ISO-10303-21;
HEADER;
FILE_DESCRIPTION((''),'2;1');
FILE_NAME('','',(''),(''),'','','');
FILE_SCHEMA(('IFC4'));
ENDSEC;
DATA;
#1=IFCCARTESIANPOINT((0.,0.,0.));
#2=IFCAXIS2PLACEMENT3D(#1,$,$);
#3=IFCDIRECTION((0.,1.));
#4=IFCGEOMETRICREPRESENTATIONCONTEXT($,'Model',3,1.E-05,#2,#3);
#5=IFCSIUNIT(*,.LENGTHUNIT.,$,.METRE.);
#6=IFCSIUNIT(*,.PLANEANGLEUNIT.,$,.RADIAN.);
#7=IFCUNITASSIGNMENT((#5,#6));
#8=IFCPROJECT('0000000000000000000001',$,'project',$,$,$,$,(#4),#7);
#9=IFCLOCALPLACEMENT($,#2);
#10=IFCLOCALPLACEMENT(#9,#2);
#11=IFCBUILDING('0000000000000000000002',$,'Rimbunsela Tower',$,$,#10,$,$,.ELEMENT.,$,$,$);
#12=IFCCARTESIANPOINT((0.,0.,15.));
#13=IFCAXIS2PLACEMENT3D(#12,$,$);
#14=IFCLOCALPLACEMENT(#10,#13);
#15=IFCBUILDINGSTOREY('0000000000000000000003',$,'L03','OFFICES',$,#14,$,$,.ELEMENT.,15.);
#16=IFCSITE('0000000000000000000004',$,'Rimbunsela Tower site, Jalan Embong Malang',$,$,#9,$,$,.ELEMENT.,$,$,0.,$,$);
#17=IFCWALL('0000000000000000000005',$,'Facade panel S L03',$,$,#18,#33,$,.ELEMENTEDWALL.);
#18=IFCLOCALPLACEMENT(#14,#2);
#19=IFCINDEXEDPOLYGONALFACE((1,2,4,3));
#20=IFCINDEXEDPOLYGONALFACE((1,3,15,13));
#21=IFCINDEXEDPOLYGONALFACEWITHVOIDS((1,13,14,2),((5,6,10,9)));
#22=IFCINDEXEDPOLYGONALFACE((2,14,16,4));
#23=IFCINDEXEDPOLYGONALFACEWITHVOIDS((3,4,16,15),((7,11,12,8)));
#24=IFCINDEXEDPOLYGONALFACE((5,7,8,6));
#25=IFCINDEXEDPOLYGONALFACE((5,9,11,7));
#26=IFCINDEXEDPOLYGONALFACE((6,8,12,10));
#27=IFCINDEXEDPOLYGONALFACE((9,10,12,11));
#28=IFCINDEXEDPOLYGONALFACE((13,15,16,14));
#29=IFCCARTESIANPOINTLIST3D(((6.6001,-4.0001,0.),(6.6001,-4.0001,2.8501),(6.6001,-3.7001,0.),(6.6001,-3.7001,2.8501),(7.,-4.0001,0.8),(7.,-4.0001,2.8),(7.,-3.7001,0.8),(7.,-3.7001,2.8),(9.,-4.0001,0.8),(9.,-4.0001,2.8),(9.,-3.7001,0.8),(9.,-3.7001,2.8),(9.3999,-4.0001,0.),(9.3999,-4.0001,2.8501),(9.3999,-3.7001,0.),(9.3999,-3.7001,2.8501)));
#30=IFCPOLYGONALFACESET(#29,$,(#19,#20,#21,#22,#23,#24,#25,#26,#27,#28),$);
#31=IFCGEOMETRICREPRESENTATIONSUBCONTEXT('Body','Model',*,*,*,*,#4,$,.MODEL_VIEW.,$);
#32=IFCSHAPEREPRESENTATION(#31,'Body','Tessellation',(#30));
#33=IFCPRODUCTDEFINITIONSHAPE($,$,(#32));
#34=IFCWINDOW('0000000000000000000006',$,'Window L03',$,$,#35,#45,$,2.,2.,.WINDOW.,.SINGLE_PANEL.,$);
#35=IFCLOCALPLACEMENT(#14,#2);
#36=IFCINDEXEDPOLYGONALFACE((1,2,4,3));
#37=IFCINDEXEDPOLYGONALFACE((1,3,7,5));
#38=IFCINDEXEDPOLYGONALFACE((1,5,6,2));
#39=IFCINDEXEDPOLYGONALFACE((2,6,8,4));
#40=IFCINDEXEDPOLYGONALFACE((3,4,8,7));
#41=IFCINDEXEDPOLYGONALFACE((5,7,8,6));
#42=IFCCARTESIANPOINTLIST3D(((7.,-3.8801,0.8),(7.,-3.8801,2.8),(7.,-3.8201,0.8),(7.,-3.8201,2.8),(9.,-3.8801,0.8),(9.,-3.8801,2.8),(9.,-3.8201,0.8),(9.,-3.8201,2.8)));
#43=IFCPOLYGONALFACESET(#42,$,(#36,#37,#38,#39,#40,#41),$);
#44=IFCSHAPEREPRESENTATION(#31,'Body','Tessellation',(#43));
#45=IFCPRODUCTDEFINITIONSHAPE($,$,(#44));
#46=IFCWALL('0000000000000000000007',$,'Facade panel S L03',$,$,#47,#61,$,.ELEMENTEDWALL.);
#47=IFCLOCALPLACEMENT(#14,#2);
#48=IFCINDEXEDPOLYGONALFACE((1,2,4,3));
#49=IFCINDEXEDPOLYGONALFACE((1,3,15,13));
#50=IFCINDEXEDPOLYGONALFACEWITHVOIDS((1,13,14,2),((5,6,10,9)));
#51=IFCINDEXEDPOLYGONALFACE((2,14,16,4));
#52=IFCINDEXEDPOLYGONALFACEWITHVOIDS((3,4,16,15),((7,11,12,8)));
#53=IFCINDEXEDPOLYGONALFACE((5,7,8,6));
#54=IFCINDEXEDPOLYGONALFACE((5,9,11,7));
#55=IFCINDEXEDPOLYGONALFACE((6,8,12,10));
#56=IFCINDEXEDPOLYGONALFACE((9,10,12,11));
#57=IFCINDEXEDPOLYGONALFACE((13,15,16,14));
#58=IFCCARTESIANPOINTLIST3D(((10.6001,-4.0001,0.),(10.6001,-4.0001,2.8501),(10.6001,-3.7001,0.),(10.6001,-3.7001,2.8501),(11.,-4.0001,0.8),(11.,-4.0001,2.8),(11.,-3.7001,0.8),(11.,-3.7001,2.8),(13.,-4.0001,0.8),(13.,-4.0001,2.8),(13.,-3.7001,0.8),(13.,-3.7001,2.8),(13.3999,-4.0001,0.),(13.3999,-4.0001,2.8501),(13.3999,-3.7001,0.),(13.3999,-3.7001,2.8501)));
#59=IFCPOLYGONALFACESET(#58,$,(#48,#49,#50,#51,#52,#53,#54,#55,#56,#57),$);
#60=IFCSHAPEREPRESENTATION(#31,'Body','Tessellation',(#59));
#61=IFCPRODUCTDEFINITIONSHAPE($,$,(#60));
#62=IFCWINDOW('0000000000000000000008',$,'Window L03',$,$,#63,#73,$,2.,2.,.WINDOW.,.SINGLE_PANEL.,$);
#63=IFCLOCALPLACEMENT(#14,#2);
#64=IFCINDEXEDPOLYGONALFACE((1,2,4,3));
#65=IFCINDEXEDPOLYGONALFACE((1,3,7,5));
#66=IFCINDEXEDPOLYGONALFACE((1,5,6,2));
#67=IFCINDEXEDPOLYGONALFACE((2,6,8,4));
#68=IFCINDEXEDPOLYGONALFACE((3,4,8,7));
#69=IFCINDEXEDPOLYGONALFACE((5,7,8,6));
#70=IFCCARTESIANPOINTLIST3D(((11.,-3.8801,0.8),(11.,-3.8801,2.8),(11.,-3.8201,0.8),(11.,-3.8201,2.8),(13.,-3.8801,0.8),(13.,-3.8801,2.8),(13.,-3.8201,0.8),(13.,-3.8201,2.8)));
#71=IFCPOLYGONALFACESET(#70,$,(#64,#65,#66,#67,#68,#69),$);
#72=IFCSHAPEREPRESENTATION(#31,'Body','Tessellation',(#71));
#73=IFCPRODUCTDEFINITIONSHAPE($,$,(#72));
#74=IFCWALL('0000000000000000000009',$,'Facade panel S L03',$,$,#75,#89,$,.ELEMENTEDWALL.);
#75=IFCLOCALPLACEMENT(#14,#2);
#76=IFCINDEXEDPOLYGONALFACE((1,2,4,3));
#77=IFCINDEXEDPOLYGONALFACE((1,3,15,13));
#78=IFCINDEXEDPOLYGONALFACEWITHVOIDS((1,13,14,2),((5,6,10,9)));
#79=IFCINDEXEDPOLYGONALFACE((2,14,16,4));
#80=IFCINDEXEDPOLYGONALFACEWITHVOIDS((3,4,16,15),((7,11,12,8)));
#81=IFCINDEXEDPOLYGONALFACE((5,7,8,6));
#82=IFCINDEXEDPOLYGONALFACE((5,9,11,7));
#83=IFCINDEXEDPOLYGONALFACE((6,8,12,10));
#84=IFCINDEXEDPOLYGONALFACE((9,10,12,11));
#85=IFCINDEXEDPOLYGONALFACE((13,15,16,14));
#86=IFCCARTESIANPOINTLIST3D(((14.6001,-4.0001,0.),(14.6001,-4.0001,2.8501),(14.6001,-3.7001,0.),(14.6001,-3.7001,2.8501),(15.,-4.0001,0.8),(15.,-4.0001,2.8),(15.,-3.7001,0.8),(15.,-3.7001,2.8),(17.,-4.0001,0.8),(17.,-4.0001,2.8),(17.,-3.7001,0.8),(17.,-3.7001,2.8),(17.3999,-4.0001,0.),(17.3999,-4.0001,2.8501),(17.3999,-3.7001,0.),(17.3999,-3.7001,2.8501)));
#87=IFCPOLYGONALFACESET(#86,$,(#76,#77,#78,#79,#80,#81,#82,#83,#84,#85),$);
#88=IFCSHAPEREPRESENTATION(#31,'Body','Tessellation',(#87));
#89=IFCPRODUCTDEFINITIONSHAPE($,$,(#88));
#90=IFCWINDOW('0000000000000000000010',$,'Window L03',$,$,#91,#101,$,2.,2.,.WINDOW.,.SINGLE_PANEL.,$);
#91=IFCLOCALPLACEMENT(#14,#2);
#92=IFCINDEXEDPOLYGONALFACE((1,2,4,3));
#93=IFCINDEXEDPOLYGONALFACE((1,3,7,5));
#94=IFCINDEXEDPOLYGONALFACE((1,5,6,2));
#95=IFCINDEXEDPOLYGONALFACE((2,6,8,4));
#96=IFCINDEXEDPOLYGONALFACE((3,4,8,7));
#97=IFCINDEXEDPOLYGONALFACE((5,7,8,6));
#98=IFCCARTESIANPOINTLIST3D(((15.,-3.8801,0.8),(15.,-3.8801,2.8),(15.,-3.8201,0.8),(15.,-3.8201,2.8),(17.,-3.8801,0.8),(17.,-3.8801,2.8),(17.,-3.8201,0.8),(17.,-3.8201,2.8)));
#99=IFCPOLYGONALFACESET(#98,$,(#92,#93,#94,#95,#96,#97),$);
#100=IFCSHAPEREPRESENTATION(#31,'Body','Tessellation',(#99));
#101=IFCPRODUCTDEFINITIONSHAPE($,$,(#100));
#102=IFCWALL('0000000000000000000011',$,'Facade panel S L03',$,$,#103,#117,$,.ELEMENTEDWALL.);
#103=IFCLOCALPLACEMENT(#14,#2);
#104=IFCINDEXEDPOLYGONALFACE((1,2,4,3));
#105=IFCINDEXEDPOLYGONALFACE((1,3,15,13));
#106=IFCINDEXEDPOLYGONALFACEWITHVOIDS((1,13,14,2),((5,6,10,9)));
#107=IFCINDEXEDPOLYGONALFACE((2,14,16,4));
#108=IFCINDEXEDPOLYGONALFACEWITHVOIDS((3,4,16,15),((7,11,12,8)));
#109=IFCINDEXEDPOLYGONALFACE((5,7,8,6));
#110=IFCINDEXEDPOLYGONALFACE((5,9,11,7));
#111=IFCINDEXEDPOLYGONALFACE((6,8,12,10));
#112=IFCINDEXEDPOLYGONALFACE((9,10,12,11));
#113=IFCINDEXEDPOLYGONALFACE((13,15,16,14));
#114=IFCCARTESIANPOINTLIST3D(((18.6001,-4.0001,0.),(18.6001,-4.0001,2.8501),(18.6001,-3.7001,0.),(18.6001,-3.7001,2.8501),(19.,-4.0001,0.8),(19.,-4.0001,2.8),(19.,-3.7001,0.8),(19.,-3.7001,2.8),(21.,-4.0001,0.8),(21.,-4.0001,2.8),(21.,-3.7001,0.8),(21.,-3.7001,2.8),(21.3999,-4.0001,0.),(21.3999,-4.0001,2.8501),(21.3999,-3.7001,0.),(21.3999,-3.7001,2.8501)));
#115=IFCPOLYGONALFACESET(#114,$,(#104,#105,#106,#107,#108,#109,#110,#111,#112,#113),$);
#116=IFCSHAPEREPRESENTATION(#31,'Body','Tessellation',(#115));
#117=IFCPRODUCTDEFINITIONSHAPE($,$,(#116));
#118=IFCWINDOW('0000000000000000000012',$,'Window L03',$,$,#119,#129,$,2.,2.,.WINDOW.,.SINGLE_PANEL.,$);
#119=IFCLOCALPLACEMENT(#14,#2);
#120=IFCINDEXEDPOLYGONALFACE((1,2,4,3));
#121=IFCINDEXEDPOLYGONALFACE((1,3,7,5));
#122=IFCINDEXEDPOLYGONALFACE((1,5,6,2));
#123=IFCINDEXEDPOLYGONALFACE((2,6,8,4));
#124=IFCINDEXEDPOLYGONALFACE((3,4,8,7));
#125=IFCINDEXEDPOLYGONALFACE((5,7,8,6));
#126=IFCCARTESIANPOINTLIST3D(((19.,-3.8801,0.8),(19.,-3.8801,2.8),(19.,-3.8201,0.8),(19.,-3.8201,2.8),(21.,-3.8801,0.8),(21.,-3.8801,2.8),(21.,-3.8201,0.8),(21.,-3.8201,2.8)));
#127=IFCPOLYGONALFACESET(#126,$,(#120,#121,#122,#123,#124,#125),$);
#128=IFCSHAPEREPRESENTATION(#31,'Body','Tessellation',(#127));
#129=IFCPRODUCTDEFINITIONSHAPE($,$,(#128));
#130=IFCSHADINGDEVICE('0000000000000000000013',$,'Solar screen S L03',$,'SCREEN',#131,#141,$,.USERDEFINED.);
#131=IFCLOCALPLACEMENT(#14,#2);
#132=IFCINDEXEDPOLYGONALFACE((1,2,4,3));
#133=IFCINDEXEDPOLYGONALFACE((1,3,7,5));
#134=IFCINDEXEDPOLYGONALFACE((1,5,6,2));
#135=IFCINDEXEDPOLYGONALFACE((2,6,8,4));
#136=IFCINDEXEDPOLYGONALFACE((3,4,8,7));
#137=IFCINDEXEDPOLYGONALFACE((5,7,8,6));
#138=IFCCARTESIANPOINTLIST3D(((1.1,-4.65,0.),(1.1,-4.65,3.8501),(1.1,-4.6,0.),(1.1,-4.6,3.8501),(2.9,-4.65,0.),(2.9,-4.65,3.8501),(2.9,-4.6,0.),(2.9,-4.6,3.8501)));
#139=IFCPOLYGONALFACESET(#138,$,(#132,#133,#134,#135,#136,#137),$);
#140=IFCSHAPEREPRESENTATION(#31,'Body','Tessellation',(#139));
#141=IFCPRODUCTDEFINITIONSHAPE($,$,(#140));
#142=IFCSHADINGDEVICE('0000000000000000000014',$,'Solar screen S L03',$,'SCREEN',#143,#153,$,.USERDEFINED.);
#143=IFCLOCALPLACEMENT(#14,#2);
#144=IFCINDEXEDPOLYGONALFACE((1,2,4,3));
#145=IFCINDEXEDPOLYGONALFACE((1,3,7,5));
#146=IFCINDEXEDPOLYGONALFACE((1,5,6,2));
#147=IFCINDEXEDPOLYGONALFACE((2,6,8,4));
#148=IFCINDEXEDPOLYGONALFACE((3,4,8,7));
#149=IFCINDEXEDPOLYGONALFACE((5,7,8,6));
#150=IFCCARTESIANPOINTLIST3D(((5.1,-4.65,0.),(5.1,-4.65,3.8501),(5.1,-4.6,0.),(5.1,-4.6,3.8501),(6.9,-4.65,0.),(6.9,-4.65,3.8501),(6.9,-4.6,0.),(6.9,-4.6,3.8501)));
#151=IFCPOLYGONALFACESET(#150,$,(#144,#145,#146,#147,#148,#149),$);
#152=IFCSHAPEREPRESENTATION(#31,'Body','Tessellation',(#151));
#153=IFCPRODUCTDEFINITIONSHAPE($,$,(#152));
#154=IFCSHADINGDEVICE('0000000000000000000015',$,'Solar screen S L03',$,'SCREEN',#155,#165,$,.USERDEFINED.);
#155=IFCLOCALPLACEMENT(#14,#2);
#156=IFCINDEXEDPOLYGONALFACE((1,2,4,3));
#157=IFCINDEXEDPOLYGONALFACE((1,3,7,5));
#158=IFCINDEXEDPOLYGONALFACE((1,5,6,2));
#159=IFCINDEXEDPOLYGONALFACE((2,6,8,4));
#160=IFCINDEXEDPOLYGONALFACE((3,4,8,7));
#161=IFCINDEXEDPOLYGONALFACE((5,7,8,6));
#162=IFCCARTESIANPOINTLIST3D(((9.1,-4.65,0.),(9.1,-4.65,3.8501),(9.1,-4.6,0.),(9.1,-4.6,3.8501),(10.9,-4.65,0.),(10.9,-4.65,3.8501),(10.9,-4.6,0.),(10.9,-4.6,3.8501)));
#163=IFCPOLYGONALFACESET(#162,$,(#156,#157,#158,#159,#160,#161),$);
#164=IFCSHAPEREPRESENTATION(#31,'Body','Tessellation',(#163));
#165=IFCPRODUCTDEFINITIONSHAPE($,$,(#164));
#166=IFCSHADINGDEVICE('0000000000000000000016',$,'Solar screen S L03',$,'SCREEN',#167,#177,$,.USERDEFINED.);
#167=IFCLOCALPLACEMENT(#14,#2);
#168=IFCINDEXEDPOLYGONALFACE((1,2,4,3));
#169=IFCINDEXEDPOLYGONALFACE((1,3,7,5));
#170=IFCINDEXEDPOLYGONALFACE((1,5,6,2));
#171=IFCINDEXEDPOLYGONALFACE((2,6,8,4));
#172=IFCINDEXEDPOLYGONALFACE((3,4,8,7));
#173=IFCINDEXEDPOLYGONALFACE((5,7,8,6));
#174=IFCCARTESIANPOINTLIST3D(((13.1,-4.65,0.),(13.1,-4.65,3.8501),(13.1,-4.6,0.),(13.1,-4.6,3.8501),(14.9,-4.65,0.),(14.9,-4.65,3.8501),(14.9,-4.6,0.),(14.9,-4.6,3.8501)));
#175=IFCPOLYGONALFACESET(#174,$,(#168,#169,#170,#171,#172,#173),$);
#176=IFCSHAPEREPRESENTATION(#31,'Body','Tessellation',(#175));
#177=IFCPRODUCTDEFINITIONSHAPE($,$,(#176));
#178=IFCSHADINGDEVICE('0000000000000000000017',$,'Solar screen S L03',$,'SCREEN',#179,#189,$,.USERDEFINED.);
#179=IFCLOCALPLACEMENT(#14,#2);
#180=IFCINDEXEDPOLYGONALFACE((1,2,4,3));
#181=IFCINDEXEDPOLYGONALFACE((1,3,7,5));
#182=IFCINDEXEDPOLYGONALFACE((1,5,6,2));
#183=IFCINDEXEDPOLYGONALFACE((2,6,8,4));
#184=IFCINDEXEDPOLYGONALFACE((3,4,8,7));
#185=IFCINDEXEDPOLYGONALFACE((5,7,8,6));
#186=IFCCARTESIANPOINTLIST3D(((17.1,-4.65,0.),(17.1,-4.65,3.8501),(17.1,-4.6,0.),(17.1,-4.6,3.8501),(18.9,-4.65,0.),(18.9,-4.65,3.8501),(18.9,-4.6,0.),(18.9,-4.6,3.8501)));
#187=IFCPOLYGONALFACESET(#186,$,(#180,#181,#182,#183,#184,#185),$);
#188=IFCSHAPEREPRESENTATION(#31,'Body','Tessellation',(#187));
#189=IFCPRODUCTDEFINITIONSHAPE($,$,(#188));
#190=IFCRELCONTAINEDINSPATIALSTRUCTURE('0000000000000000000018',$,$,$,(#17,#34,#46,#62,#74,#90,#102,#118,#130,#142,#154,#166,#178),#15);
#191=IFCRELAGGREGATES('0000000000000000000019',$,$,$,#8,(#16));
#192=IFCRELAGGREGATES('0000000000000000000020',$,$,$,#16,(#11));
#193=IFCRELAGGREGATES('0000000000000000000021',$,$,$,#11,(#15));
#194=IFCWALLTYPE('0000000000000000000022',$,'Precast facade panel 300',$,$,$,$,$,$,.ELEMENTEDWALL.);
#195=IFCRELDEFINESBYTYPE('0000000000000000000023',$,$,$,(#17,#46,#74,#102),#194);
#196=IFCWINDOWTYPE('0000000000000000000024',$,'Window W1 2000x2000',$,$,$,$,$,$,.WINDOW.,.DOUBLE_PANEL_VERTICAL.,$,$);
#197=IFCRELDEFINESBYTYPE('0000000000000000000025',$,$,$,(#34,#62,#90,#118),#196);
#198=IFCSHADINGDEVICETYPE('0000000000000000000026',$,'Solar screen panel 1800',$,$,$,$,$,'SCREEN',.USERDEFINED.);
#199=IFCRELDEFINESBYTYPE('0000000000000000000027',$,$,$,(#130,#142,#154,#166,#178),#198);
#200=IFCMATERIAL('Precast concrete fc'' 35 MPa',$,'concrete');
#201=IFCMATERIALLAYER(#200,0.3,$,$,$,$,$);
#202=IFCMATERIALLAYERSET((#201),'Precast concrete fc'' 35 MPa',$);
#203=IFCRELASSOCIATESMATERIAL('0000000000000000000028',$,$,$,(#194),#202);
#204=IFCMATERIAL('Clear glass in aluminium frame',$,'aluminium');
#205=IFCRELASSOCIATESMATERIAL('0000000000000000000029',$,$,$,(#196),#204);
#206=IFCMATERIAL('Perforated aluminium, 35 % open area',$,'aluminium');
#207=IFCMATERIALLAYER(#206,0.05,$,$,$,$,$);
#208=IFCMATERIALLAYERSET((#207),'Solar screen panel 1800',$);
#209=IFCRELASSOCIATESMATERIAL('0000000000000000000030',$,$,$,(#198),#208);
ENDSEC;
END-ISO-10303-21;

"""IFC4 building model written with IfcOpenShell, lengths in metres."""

from ifc_helpers import new_model, si_unit, direction, frame, frame_2d, origin, origin_2d, place, context, subcontext, project, spatial, rectangle, extrude, material, layer, layer_set, type_object, element, fill, save


model = new_model("IFC4")

# Units and contexts
model_context = context("Model", 3, precision=1e-05, world=origin(), true_north=direction((0.0, 1.0)))
body_context = subcontext(model_context, "Body", "Model", "MODEL_VIEW")
ifc_project = project(units=[si_unit("LENGTHUNIT", "METRE"), si_unit("PLANEANGLEUNIT", "RADIAN")], contexts=[model_context])

# Site, building, storey
site_placement = place(None, origin())
site = spatial("IfcSite", under=ifc_project, at=site_placement, Name="Rimbunsela Tower site, Jalan Embong Malang", CompositionType="ELEMENT", RefElevation=0.0)
building_placement = place(site_placement, origin())
building = spatial("IfcBuilding", under=site, at=building_placement, Name="Rimbunsela Tower", CompositionType="ELEMENT")
storey_placement = place(building_placement, frame((0.0, 0.0, 15.0)))
storey = spatial("IfcBuildingStorey", under=building, at=storey_placement, Name="L03", Description="OFFICES", CompositionType="ELEMENT", Elevation=15.0)

# Shared definitions
ifc_material_1 = material(Name="Precast concrete fc' 35 MPa", Category="concrete")
ifc_layer_1 = layer(ifc_material_1, 0.3)
ifc_layer_set_1 = layer_set([ifc_layer_1], Name="Precast concrete fc' 35 MPa")
wall_type = type_object("IfcWallType", Name="Precast facade panel 300", PredefinedType="ELEMENTEDWALL", material=ifc_layer_set_1)

# Walls, openings, windows
ifc_material_2 = material(Name="Clear glass in aluminium frame", Category="aluminium")
window_type = type_object("IfcWindowType", Name="Window W1 2000x2000", PartitioningType="DOUBLE_PANEL_VERTICAL", PredefinedType="WINDOW", material=ifc_material_2)
wall_1_placement = place(storey_placement, frame((6.6001, -3.8501, 0.0), z_axis=(0.0, 0.0, 1.0), x_axis=(1.0, 0.0, 0.0)))
wall_1 = element("IfcWall", 1, at=wall_1_placement, inside=storey, type_object=wall_type, Name="Facade panel S L03", PredefinedType="ELEMENTEDWALL", context=body_context, shape_type="SweptSolid", body=[
    extrude(rectangle(XDim=2.7998, YDim=0.3, at=frame_2d((1.3999, 0.0))), origin(), (0.0, 0.0, 1.0), 2.8501),
])
opening_1_placement = place(wall_1_placement, frame((0.3999, 0.0, 0.8)))
opening_1 = element("IfcOpeningElement", 2, at=opening_1_placement, cuts=wall_1, PredefinedType="OPENING", context=body_context, shape_type="SweptSolid", body=[
    extrude(rectangle(XDim=2.0, YDim=2.0, at=frame_2d((1.0, 1.0))), frame((0.0, 0.1599, 0.0), z_axis=(0.0, -1.0, 0.0), x_axis=(1.0, 0.0, 0.0)), (0.0, 0.0, 1.0), 0.3201),
])
window_1_placement = place(opening_1_placement, origin())
window_1 = element("IfcWindow", 3, at=window_1_placement, inside=storey, type_object=window_type, Name="Window L03", OverallHeight=2.0, OverallWidth=2.0, PartitioningType="SINGLE_PANEL", PredefinedType="WINDOW", context=body_context, shape_type="SweptSolid", body=[
    extrude(rectangle(XDim=2.0, YDim=2.0, at=frame_2d((1.0, 1.0))), frame((0.0, 0.03, 0.0), z_axis=(0.0, -1.0, 0.0), x_axis=(1.0, 0.0, 0.0)), (0.0, 0.0, 1.0), 0.0601),
])
fill(opening_1, window_1)
wall_2_placement = place(storey_placement, frame((10.6001, -3.8501, 0.0), z_axis=(0.0, 0.0, 1.0), x_axis=(1.0, 0.0, 0.0)))
wall_2 = element("IfcWall", 4, at=wall_2_placement, inside=storey, type_object=wall_type, Name="Facade panel S L03", PredefinedType="ELEMENTEDWALL", context=body_context, shape_type="SweptSolid", body=[
    extrude(rectangle(XDim=2.7998, YDim=0.3, at=frame_2d((1.3999, 0.0))), origin(), (0.0, 0.0, 1.0), 2.8501),
])
opening_2_placement = place(wall_2_placement, frame((0.3999, 0.0, 0.8)))
opening_2 = element("IfcOpeningElement", 5, at=opening_2_placement, cuts=wall_2, PredefinedType="OPENING", context=body_context, shape_type="SweptSolid", body=[
    extrude(rectangle(XDim=2.0, YDim=2.0, at=frame_2d((1.0, 1.0))), frame((0.0, 0.1599, 0.0), z_axis=(0.0, -1.0, 0.0), x_axis=(1.0, 0.0, 0.0)), (0.0, 0.0, 1.0), 0.3201),
])
window_2_placement = place(opening_2_placement, origin())
window_2 = element("IfcWindow", 6, at=window_2_placement, inside=storey, type_object=window_type, Name="Window L03", OverallHeight=2.0, OverallWidth=2.0, PartitioningType="SINGLE_PANEL", PredefinedType="WINDOW", context=body_context, shape_type="SweptSolid", body=[
    extrude(rectangle(XDim=2.0, YDim=2.0, at=frame_2d((1.0, 1.0))), frame((0.0, 0.03, 0.0), z_axis=(0.0, -1.0, 0.0), x_axis=(1.0, 0.0, 0.0)), (0.0, 0.0, 1.0), 0.0601),
])
fill(opening_2, window_2)
wall_3_placement = place(storey_placement, frame((14.6001, -3.8501, 0.0), z_axis=(0.0, 0.0, 1.0), x_axis=(1.0, 0.0, 0.0)))
wall_3 = element("IfcWall", 7, at=wall_3_placement, inside=storey, type_object=wall_type, Name="Facade panel S L03", PredefinedType="ELEMENTEDWALL", context=body_context, shape_type="SweptSolid", body=[
    extrude(rectangle(XDim=2.7998, YDim=0.3, at=frame_2d((1.3999, 0.0))), origin(), (0.0, 0.0, 1.0), 2.8501),
])
opening_3_placement = place(wall_3_placement, frame((0.3999, 0.0, 0.8)))
opening_3 = element("IfcOpeningElement", 8, at=opening_3_placement, cuts=wall_3, PredefinedType="OPENING", context=body_context, shape_type="SweptSolid", body=[
    extrude(rectangle(XDim=2.0, YDim=2.0, at=frame_2d((1.0, 1.0))), frame((0.0, 0.1599, 0.0), z_axis=(0.0, -1.0, 0.0), x_axis=(1.0, 0.0, 0.0)), (0.0, 0.0, 1.0), 0.3201),
])
window_3_placement = place(opening_3_placement, origin())
window_3 = element("IfcWindow", 9, at=window_3_placement, inside=storey, type_object=window_type, Name="Window L03", OverallHeight=2.0, OverallWidth=2.0, PartitioningType="SINGLE_PANEL", PredefinedType="WINDOW", context=body_context, shape_type="SweptSolid", body=[
    extrude(rectangle(XDim=2.0, YDim=2.0, at=frame_2d((1.0, 1.0))), frame((0.0, 0.03, 0.0), z_axis=(0.0, -1.0, 0.0), x_axis=(1.0, 0.0, 0.0)), (0.0, 0.0, 1.0), 0.0601),
])
fill(opening_3, window_3)
wall_4_placement = place(storey_placement, frame((18.6001, -3.8501, 0.0), z_axis=(0.0, 0.0, 1.0), x_axis=(1.0, 0.0, 0.0)))
wall_4 = element("IfcWall", 10, at=wall_4_placement, inside=storey, type_object=wall_type, Name="Facade panel S L03", PredefinedType="ELEMENTEDWALL", context=body_context, shape_type="SweptSolid", body=[
    extrude(rectangle(XDim=2.7998, YDim=0.3, at=frame_2d((1.3999, 0.0))), origin(), (0.0, 0.0, 1.0), 2.8501),
])
opening_4_placement = place(wall_4_placement, frame((0.3999, 0.0, 0.8)))
opening_4 = element("IfcOpeningElement", 11, at=opening_4_placement, cuts=wall_4, PredefinedType="OPENING", context=body_context, shape_type="SweptSolid", body=[
    extrude(rectangle(XDim=2.0, YDim=2.0, at=frame_2d((1.0, 1.0))), frame((0.0, 0.1599, 0.0), z_axis=(0.0, -1.0, 0.0), x_axis=(1.0, 0.0, 0.0)), (0.0, 0.0, 1.0), 0.3201),
])
window_4_placement = place(opening_4_placement, origin())
window_4 = element("IfcWindow", 12, at=window_4_placement, inside=storey, type_object=window_type, Name="Window L03", OverallHeight=2.0, OverallWidth=2.0, PartitioningType="SINGLE_PANEL", PredefinedType="WINDOW", context=body_context, shape_type="SweptSolid", body=[
    extrude(rectangle(XDim=2.0, YDim=2.0, at=frame_2d((1.0, 1.0))), frame((0.0, 0.03, 0.0), z_axis=(0.0, -1.0, 0.0), x_axis=(1.0, 0.0, 0.0)), (0.0, 0.0, 1.0), 0.0601),
])
fill(opening_4, window_4)

# Shading devices
ifc_material_3 = material(Name="Perforated aluminium, 35 % open area", Category="aluminium")
ifc_layer_2 = layer(ifc_material_3, 0.05)
ifc_layer_set_2 = layer_set([ifc_layer_2], Name="Solar screen panel 1800")
shading_device_type = type_object("IfcShadingDeviceType", Name="Solar screen panel 1800", ElementType="SCREEN", PredefinedType="USERDEFINED", material=ifc_layer_set_2)
for number, where, z_axis, x_axis, name in (
    (13, (2.0, -4.625, 0.0), (0.0, 0.0, 1.0), (1.0, 0.0, 0.0), "Solar screen S L03"),
    (14, (6.0, -4.625, 0.0), (0.0, 0.0, 1.0), (1.0, 0.0, 0.0), "Solar screen S L03"),
    (15, (10.0, -4.625, 0.0), (0.0, 0.0, 1.0), (1.0, 0.0, 0.0), "Solar screen S L03"),
    (16, (14.0, -4.625, 0.0), (0.0, 0.0, 1.0), (1.0, 0.0, 0.0), "Solar screen S L03"),
    (17, (18.0, -4.625, 0.0), (0.0, 0.0, 1.0), (1.0, 0.0, 0.0), "Solar screen S L03"),
):
    element("IfcShadingDevice", number, at=place(storey_placement, frame(where, z_axis=z_axis, x_axis=x_axis)), inside=storey, type_object=shading_device_type, Name=name, ObjectType="SCREEN", PredefinedType="USERDEFINED", context=body_context, shape_type="SweptSolid", body=[
        extrude(rectangle(XDim=1.8, YDim=0.05, at=origin_2d()), origin(), (0.0, 0.0, 1.0), 3.8501),
    ])

save(model, "model.ifc")
